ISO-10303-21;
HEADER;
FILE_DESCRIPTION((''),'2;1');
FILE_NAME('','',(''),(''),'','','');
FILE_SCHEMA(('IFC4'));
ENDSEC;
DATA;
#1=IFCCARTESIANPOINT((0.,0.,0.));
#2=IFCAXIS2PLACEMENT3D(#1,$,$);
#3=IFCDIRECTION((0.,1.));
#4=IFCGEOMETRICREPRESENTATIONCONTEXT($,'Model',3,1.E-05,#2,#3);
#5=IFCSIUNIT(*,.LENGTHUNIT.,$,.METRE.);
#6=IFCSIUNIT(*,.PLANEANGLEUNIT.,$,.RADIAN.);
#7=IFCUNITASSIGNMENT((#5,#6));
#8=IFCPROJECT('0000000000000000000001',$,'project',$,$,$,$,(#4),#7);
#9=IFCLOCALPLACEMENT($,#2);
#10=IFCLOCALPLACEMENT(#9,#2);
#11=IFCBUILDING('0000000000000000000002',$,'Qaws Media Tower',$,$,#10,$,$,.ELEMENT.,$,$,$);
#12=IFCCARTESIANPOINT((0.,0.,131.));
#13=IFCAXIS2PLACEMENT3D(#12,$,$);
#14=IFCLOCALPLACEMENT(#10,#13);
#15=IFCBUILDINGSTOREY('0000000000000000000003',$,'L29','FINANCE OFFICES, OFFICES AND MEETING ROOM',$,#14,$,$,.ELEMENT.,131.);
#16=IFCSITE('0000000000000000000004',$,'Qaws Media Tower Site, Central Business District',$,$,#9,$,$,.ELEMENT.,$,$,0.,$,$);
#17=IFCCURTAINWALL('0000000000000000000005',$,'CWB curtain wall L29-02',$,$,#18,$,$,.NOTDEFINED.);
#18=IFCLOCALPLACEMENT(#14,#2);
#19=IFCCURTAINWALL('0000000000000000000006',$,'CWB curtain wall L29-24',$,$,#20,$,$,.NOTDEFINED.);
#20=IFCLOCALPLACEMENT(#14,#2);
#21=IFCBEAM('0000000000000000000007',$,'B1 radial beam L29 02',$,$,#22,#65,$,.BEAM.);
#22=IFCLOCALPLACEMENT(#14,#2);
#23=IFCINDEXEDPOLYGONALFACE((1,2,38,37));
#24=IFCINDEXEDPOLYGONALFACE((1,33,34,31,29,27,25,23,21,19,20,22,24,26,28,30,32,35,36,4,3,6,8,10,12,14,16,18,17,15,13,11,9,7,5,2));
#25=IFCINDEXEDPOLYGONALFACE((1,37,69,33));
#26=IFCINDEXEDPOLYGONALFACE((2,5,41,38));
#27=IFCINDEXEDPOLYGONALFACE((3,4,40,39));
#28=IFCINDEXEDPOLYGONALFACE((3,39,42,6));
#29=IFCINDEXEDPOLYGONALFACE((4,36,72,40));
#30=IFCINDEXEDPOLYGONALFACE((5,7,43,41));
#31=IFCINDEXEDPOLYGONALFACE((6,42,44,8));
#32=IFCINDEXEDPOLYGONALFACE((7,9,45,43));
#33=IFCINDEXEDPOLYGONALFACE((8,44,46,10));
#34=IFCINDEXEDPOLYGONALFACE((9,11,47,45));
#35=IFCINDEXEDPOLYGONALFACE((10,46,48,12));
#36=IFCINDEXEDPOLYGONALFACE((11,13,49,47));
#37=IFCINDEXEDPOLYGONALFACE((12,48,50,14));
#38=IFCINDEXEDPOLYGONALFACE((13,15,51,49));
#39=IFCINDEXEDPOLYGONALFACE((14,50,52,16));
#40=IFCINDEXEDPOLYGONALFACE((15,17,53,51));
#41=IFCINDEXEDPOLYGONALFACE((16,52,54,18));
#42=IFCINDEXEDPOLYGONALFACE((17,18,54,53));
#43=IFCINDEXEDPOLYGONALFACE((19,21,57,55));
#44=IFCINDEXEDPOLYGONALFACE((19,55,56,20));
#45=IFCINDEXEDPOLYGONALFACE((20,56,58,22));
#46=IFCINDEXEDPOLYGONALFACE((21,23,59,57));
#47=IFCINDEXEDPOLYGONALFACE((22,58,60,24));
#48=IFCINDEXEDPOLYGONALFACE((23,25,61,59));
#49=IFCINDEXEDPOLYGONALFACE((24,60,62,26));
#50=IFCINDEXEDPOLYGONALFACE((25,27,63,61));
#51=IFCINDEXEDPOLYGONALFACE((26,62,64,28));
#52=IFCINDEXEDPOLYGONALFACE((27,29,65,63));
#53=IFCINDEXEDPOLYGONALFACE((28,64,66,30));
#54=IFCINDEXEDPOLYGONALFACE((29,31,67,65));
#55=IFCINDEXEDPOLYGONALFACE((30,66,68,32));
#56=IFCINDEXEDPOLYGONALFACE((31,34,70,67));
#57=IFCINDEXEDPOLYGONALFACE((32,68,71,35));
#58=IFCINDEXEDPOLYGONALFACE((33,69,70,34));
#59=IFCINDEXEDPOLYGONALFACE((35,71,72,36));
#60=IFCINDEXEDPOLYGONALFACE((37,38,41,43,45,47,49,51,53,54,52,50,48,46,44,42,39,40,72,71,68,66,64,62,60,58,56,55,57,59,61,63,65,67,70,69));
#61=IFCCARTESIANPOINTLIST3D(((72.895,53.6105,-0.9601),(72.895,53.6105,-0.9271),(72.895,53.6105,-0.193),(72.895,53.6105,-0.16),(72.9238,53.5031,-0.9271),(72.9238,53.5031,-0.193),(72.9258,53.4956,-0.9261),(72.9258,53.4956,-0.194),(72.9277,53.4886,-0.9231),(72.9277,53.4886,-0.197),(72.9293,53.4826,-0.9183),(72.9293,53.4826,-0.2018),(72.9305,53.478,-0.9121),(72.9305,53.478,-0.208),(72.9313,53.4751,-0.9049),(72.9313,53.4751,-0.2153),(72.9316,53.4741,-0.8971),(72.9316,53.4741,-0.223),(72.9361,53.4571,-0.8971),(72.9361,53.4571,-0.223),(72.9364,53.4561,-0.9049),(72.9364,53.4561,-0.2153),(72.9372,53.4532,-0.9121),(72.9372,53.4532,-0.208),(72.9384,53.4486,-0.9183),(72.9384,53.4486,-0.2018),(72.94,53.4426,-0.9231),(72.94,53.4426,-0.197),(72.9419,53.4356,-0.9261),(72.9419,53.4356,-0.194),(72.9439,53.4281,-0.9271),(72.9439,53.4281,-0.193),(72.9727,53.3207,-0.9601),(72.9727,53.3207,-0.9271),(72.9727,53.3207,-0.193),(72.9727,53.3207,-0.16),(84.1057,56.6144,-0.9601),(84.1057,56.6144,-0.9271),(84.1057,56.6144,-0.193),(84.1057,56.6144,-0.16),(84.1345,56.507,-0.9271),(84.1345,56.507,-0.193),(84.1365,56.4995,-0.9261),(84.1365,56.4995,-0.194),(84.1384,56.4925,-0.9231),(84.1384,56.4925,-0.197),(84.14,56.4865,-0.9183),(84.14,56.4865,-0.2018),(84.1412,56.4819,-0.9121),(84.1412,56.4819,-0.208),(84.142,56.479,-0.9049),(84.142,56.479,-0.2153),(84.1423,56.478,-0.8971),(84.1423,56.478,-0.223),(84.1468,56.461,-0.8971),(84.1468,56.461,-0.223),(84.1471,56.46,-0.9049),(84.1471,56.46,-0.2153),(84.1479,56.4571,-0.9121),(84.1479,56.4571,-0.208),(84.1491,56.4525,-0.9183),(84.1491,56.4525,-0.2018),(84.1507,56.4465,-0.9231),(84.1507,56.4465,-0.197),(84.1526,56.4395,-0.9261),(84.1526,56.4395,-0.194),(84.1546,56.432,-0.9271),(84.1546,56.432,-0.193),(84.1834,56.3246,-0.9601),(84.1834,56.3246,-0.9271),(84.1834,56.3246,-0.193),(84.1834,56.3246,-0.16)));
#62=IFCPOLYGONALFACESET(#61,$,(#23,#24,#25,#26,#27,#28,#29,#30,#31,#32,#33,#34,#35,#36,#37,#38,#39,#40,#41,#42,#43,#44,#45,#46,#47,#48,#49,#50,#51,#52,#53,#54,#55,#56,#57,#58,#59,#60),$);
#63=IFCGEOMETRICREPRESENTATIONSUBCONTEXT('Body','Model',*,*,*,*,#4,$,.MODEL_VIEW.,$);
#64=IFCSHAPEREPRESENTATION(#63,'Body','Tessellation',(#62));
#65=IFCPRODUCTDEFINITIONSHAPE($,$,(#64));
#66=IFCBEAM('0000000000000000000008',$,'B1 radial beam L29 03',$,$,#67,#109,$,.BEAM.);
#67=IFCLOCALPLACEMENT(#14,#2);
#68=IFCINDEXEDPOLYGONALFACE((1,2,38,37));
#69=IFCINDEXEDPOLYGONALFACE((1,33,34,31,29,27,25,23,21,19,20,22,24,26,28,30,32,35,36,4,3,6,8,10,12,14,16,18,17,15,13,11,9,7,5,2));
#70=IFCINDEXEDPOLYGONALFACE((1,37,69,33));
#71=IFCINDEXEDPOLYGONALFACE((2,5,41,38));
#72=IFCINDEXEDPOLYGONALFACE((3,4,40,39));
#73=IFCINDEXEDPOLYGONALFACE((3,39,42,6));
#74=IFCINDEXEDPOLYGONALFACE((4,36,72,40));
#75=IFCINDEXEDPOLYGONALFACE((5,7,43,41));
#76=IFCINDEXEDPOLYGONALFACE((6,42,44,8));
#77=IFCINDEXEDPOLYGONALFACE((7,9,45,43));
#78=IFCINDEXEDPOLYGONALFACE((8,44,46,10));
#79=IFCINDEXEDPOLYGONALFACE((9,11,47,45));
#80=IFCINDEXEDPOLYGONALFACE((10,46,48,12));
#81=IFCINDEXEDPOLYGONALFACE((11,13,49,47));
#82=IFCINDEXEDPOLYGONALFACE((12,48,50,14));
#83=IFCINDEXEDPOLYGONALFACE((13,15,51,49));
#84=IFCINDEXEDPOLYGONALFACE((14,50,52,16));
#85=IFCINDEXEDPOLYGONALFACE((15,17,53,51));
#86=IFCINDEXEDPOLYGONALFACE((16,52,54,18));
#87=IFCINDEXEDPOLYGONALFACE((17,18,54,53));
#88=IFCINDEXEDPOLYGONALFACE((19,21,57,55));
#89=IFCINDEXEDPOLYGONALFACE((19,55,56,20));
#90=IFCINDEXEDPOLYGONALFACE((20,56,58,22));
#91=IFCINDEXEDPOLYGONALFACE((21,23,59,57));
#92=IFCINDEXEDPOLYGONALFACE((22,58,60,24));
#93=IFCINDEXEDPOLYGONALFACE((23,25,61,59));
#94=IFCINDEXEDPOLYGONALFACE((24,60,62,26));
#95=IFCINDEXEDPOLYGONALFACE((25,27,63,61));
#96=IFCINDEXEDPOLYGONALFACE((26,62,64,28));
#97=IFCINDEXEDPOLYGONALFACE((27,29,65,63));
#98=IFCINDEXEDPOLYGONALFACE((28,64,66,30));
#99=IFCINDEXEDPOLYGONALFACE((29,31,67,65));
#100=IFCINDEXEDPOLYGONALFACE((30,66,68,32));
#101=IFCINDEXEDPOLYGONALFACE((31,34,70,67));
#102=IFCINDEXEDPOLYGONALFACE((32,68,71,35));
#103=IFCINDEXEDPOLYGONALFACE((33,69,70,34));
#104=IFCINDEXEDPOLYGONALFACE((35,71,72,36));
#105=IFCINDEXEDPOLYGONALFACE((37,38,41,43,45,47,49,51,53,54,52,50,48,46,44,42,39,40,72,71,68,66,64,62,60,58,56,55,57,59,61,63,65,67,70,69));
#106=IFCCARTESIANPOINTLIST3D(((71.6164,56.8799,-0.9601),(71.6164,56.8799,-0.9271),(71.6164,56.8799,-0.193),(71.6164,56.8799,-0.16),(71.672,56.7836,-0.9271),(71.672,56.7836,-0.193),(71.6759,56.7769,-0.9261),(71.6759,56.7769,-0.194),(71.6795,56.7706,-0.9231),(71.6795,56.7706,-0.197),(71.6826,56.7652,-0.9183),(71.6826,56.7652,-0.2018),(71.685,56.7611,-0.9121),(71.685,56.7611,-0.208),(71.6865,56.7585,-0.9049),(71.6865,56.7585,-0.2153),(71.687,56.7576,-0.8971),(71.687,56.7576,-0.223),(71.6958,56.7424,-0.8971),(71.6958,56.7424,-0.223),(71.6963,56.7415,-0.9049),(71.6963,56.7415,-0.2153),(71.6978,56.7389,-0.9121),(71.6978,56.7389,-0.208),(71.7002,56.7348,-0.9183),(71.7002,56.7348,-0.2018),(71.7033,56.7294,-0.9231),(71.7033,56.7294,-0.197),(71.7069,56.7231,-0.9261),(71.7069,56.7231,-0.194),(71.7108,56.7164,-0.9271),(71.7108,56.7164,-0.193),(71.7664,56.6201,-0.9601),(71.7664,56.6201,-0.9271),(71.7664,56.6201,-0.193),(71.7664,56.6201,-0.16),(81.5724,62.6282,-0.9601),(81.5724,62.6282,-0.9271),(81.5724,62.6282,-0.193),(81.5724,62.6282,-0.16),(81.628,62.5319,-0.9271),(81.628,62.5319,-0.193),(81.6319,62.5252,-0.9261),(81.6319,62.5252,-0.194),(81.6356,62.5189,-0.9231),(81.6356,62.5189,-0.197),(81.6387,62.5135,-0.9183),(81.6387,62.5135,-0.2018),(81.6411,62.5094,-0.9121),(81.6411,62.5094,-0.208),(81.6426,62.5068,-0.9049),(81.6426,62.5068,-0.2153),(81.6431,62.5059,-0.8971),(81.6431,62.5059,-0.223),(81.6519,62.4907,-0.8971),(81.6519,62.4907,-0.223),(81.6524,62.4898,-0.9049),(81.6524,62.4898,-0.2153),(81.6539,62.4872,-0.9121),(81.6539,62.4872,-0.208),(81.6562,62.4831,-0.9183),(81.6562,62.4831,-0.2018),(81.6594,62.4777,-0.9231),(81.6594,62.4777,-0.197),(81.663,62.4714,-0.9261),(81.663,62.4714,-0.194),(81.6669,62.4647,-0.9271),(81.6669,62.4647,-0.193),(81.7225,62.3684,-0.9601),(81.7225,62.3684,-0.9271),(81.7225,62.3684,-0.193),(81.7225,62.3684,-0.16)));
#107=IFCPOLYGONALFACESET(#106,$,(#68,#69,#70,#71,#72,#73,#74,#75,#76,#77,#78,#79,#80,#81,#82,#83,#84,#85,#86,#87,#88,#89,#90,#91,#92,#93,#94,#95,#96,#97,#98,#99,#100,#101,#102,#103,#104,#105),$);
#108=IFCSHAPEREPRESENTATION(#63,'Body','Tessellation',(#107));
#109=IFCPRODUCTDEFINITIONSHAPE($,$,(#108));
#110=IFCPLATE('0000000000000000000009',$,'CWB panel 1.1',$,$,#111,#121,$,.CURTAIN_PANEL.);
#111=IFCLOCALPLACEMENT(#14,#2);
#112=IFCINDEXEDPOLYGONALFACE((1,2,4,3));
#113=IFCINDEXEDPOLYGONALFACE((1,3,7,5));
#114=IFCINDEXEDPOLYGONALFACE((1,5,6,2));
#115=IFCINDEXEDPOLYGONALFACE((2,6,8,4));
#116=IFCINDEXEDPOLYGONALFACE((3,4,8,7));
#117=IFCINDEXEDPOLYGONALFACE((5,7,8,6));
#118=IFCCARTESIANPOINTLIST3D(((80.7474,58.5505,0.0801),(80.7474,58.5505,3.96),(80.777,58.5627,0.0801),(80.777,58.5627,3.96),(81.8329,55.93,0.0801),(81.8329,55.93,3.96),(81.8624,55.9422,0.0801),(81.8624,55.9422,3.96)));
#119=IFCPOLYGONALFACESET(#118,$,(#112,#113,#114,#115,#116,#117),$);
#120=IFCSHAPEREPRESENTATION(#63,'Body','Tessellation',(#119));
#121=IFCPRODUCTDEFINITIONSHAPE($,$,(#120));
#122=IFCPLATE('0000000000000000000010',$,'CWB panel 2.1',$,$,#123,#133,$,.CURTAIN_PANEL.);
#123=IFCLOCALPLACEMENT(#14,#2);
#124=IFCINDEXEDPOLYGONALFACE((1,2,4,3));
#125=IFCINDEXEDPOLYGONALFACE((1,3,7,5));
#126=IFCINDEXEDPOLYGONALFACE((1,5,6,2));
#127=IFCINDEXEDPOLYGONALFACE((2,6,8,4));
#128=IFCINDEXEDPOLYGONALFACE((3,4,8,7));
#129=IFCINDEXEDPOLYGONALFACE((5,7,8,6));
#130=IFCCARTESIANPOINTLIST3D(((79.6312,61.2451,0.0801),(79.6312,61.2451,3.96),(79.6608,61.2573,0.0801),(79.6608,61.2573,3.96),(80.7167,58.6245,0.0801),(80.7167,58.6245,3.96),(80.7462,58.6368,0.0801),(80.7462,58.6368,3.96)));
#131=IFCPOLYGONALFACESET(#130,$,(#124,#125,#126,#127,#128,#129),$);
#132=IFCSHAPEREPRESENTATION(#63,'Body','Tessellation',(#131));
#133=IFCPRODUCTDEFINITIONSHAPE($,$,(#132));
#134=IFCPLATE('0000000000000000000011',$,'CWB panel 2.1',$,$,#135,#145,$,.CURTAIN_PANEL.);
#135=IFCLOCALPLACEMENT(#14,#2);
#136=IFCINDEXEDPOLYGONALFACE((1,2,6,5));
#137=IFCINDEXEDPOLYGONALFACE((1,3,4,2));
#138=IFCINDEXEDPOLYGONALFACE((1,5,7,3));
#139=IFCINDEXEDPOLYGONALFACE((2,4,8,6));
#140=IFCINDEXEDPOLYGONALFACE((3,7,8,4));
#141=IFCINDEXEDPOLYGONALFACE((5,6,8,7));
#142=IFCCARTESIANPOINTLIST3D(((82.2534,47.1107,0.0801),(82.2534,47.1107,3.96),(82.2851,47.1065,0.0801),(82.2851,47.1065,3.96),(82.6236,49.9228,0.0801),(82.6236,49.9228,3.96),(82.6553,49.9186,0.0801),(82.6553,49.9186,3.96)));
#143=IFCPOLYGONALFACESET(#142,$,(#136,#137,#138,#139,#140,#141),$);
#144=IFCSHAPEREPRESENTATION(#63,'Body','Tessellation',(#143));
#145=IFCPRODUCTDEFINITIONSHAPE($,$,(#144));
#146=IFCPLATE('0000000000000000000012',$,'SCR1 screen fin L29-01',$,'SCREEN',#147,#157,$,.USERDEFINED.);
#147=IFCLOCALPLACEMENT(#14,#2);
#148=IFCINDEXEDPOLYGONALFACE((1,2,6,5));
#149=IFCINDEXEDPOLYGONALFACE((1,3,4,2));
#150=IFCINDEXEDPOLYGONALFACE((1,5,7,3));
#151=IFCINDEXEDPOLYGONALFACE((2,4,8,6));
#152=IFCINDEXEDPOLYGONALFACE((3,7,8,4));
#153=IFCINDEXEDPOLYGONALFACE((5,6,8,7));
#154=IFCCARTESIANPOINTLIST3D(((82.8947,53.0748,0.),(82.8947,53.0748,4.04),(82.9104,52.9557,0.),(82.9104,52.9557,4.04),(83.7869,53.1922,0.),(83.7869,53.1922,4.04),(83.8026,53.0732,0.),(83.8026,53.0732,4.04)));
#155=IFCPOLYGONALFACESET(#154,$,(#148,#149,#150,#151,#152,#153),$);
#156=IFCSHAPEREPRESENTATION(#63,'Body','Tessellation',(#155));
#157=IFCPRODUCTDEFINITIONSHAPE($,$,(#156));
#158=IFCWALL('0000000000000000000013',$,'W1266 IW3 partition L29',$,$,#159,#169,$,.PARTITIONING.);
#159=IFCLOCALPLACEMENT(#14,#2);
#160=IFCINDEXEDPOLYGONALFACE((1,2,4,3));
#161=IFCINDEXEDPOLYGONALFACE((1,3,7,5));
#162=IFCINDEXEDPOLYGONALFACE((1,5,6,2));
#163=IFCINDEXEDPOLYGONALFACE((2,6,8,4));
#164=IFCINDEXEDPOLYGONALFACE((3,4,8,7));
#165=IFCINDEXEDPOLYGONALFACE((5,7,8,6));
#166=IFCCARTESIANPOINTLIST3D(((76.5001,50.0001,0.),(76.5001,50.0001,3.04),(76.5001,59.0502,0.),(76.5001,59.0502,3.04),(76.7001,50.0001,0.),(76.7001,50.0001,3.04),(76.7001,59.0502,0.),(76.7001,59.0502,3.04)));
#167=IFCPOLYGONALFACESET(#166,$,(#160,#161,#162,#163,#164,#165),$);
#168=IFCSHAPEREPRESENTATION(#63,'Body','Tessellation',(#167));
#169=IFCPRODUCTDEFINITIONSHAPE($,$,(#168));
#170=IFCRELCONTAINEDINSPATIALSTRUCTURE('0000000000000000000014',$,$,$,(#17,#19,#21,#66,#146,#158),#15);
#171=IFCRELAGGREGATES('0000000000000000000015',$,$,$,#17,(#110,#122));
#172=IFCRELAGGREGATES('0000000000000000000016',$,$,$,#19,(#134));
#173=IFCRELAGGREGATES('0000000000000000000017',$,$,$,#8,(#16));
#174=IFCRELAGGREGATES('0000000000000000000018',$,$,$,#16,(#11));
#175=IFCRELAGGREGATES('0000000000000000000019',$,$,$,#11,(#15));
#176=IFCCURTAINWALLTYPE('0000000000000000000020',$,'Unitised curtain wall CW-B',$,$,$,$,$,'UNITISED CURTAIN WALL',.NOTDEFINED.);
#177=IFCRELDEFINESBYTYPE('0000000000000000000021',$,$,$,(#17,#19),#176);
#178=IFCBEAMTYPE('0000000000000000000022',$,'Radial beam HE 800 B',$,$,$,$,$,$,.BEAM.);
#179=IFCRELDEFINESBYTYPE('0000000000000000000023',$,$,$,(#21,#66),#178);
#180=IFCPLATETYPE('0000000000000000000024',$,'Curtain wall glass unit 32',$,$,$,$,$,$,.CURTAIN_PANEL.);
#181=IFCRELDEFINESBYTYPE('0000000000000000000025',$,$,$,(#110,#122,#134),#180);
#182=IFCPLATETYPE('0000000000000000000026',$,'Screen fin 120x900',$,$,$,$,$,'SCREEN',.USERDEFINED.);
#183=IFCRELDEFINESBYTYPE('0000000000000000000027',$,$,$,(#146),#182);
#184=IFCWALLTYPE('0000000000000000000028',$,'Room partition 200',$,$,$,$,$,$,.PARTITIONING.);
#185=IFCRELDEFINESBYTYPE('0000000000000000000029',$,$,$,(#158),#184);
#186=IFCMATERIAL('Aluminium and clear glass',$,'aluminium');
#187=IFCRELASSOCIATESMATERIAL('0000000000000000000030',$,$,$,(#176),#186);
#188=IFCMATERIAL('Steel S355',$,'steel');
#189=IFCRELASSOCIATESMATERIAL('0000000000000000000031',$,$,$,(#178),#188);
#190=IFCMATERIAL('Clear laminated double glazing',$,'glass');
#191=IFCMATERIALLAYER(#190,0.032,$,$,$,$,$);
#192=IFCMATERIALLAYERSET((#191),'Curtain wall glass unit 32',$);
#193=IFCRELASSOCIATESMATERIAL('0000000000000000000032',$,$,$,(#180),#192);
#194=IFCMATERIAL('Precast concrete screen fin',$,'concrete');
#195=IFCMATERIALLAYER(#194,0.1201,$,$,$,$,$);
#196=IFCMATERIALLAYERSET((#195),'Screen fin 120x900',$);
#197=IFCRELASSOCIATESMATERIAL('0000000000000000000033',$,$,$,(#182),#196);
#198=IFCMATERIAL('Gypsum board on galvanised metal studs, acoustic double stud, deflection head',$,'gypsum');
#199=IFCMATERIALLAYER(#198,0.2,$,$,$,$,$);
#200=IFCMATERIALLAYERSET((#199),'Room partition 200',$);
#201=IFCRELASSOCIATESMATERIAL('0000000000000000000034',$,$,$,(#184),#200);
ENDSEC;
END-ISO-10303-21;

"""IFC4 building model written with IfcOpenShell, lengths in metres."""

from ifc_helpers import new_model, si_unit, direction, frame, frame_2d, origin, origin_2d, place, context, subcontext, project, spatial, rectangle, i_section, extrude, material, layer, layer_set, material_profile, profile_set, type_object, element, aggregate, save


model = new_model("IFC4")

# Units and contexts
model_context = context("Model", 3, precision=1e-05, world=origin(), true_north=direction((0.0, 1.0)))
body_context = subcontext(model_context, "Body", "Model", "MODEL_VIEW")
ifc_project = project(units=[si_unit("LENGTHUNIT", "METRE"), si_unit("PLANEANGLEUNIT", "RADIAN")], contexts=[model_context])

# Site, building, storey
site_placement = place(None, origin())
site = spatial("IfcSite", under=ifc_project, at=site_placement, Name="Qaws Media Tower Site, Central Business District", CompositionType="ELEMENT", RefElevation=0.0)
building_placement = place(site_placement, origin())
building = spatial("IfcBuilding", under=site, at=building_placement, Name="Qaws Media Tower", CompositionType="ELEMENT")
storey_placement = place(building_placement, frame((0.0, 0.0, 131.0)))
storey = spatial("IfcBuildingStorey", under=building, at=storey_placement, Name="L29", Description="FINANCE OFFICES, OFFICES AND MEETING ROOM", CompositionType="ELEMENT", Elevation=131.0)

# Curtain wall
ifc_material_1 = material(Name="Aluminium and clear glass", Category="aluminium")
curtain_wall_type = type_object("IfcCurtainWallType", Name="Unitised curtain wall CW-B", ElementType="UNITISED CURTAIN WALL", PredefinedType="NOTDEFINED", material=ifc_material_1)
curtain_wall_1_placement = place(storey_placement, origin())
curtain_wall_1 = element("IfcCurtainWall", 1, at=curtain_wall_1_placement, inside=storey, type_object=curtain_wall_type, Name="CWB curtain wall L29-02", PredefinedType="NOTDEFINED")

# Curtain wall
curtain_wall_2_placement = place(storey_placement, origin())
curtain_wall_2 = element("IfcCurtainWall", 2, at=curtain_wall_2_placement, inside=storey, type_object=curtain_wall_type, Name="CWB curtain wall L29-24", PredefinedType="NOTDEFINED")

# Beams
ifc_material_2 = material(Name="Steel S355", Category="steel")
ifc_material_profile_1 = material_profile(ifc_material_2, i_section(OverallWidth=0.3, OverallDepth=0.8, WebThickness=0.0176, FlangeThickness=0.033, FilletRadius=0.03, at=origin_2d()), Name="HE 800 B")
ifc_profile_set_1 = profile_set([ifc_material_profile_1], Name="Steel S355")
beam_type_1 = type_object("IfcBeamType", Name="Radial beam HE 800 B", PredefinedType="BEAM", material=ifc_profile_set_1)
beam_1_placement = place(storey_placement, frame((72.9338, 53.4656, -0.5601), z_axis=(0.965926, 0.25882, 0.0), x_axis=(-0.25882, 0.965926, 0.0)))
element("IfcBeam", 3, at=beam_1_placement, inside=storey, type_object=beam_type_1, Name="B1 radial beam L29 02", PredefinedType="BEAM", context=body_context, shape_type="SweptSolid", body=[
    extrude(i_section(OverallWidth=0.3, OverallDepth=0.8, WebThickness=0.0176, FlangeThickness=0.033, FilletRadius=0.03, at=origin_2d()), origin(), (0.0, 0.0, 1.0), 11.6062),
])
beam_2_placement = place(storey_placement, frame((71.6914, 56.75, -0.5601), z_axis=(0.866019, 0.50001, 0.0), x_axis=(-0.50001, 0.866019, 0.0)))
element("IfcBeam", 4, at=beam_2_placement, inside=storey, type_object=beam_type_1, Name="B1 radial beam L29 03", PredefinedType="BEAM", context=body_context, shape_type="SweptSolid", body=[
    extrude(i_section(OverallWidth=0.3, OverallDepth=0.8, WebThickness=0.0176, FlangeThickness=0.033, FilletRadius=0.03, at=origin_2d()), origin(), (0.0, 0.0, 1.0), 11.4963),
])

# Plates
ifc_material_3 = material(Name="Clear laminated double glazing", Category="glass")
ifc_layer_1 = layer(ifc_material_3, 0.032)
ifc_layer_set_1 = layer_set([ifc_layer_1], Name="Curtain wall glass unit 32")
plate_type_1 = type_object("IfcPlateType", Name="Curtain wall glass unit 32", PredefinedType="CURTAIN_PANEL", material=ifc_layer_set_1)
plate_1_placement = place(storey_placement, frame((81.3049, 57.2463, 0.0801), z_axis=(0.0, 0.0, 1.0), x_axis=(-0.382683, 0.92388, 0.0)))
plate_1 = element("IfcPlate", 5, at=plate_1_placement, type_object=plate_type_1, Name="CWB panel 1.1", PredefinedType="CURTAIN_PANEL", context=body_context, shape_type="SweptSolid", body=[
    extrude(rectangle(XDim=2.8364, YDim=0.032, at=origin_2d()), origin(), (0.0, 0.0, 1.0), 3.8799),
])
plate_2_placement = place(storey_placement, frame((80.1887, 59.9409, 0.0801), z_axis=(0.0, 0.0, 1.0), x_axis=(-0.382683, 0.92388, 0.0)))
plate_2 = element("IfcPlate", 6, at=plate_2_placement, type_object=plate_type_1, Name="CWB panel 2.1", PredefinedType="CURTAIN_PANEL", context=body_context, shape_type="SweptSolid", body=[
    extrude(rectangle(XDim=2.8364, YDim=0.032, at=origin_2d()), origin(), (0.0, 0.0, 1.0), 3.8799),
])
aggregate(curtain_wall_1, [plate_1, plate_2])
plate_3_placement = place(storey_placement, frame((82.4543, 48.5146, 0.0801), z_axis=(0.0, 0.0, 1.0), x_axis=(0.130526, 0.991445, 0.0)))
plate_3 = element("IfcPlate", 7, at=plate_3_placement, type_object=plate_type_1, Name="CWB panel 2.1", PredefinedType="CURTAIN_PANEL", context=body_context, shape_type="SweptSolid", body=[
    extrude(rectangle(XDim=2.8364, YDim=0.032, at=origin_2d()), origin(), (0.0, 0.0, 1.0), 3.8799),
])
aggregate(curtain_wall_2, [plate_3])
ifc_material_4 = material(Name="Precast concrete screen fin", Category="concrete")
ifc_layer_2 = layer(ifc_material_4, 0.1201)
ifc_layer_set_2 = layer_set([ifc_layer_2], Name="Screen fin 120x900")
plate_type_2 = type_object("IfcPlateType", Name="Screen fin 120x900", ElementType="SCREEN", PredefinedType="USERDEFINED", material=ifc_layer_set_2)
plate_4_placement = place(storey_placement, frame((83.3486, 53.074, 0.0), z_axis=(0.0, 0.0, 1.0), x_axis=(0.991445, 0.130526, 0.0)))
element("IfcPlate", 8, at=plate_4_placement, inside=storey, type_object=plate_type_2, Name="SCR1 screen fin L29-01", ObjectType="SCREEN", PredefinedType="USERDEFINED", context=body_context, shape_type="SweptSolid", body=[
    extrude(rectangle(XDim=0.8999, YDim=0.1201, at=origin_2d()), origin(), (0.0, 0.0, 1.0), 4.04),
])

# Wall
ifc_material_5 = material(Name="Gypsum board on galvanised metal studs, acoustic double stud, deflection head", Category="gypsum")
ifc_layer_3 = layer(ifc_material_5, 0.2)
ifc_layer_set_3 = layer_set([ifc_layer_3], Name="Room partition 200")
wall_type_1 = type_object("IfcWallType", Name="Room partition 200", PredefinedType="PARTITIONING", material=ifc_layer_set_3)
wall_1_placement = place(storey_placement, frame((76.6001, 59.05, 0.0), z_axis=(0.0, 0.0, 1.0), x_axis=(0.0, -1.0, 0.0)))
element("IfcWall", 9, at=wall_1_placement, inside=storey, type_object=wall_type_1, Name="W1266 IW3 partition L29", PredefinedType="PARTITIONING", context=body_context, shape_type="SweptSolid", body=[
    extrude(rectangle(XDim=9.05, YDim=0.2, at=frame_2d((4.5249, 0.0))), origin(), (0.0, 0.0, 1.0), 3.04),
])

save(model, "model.ifc")
